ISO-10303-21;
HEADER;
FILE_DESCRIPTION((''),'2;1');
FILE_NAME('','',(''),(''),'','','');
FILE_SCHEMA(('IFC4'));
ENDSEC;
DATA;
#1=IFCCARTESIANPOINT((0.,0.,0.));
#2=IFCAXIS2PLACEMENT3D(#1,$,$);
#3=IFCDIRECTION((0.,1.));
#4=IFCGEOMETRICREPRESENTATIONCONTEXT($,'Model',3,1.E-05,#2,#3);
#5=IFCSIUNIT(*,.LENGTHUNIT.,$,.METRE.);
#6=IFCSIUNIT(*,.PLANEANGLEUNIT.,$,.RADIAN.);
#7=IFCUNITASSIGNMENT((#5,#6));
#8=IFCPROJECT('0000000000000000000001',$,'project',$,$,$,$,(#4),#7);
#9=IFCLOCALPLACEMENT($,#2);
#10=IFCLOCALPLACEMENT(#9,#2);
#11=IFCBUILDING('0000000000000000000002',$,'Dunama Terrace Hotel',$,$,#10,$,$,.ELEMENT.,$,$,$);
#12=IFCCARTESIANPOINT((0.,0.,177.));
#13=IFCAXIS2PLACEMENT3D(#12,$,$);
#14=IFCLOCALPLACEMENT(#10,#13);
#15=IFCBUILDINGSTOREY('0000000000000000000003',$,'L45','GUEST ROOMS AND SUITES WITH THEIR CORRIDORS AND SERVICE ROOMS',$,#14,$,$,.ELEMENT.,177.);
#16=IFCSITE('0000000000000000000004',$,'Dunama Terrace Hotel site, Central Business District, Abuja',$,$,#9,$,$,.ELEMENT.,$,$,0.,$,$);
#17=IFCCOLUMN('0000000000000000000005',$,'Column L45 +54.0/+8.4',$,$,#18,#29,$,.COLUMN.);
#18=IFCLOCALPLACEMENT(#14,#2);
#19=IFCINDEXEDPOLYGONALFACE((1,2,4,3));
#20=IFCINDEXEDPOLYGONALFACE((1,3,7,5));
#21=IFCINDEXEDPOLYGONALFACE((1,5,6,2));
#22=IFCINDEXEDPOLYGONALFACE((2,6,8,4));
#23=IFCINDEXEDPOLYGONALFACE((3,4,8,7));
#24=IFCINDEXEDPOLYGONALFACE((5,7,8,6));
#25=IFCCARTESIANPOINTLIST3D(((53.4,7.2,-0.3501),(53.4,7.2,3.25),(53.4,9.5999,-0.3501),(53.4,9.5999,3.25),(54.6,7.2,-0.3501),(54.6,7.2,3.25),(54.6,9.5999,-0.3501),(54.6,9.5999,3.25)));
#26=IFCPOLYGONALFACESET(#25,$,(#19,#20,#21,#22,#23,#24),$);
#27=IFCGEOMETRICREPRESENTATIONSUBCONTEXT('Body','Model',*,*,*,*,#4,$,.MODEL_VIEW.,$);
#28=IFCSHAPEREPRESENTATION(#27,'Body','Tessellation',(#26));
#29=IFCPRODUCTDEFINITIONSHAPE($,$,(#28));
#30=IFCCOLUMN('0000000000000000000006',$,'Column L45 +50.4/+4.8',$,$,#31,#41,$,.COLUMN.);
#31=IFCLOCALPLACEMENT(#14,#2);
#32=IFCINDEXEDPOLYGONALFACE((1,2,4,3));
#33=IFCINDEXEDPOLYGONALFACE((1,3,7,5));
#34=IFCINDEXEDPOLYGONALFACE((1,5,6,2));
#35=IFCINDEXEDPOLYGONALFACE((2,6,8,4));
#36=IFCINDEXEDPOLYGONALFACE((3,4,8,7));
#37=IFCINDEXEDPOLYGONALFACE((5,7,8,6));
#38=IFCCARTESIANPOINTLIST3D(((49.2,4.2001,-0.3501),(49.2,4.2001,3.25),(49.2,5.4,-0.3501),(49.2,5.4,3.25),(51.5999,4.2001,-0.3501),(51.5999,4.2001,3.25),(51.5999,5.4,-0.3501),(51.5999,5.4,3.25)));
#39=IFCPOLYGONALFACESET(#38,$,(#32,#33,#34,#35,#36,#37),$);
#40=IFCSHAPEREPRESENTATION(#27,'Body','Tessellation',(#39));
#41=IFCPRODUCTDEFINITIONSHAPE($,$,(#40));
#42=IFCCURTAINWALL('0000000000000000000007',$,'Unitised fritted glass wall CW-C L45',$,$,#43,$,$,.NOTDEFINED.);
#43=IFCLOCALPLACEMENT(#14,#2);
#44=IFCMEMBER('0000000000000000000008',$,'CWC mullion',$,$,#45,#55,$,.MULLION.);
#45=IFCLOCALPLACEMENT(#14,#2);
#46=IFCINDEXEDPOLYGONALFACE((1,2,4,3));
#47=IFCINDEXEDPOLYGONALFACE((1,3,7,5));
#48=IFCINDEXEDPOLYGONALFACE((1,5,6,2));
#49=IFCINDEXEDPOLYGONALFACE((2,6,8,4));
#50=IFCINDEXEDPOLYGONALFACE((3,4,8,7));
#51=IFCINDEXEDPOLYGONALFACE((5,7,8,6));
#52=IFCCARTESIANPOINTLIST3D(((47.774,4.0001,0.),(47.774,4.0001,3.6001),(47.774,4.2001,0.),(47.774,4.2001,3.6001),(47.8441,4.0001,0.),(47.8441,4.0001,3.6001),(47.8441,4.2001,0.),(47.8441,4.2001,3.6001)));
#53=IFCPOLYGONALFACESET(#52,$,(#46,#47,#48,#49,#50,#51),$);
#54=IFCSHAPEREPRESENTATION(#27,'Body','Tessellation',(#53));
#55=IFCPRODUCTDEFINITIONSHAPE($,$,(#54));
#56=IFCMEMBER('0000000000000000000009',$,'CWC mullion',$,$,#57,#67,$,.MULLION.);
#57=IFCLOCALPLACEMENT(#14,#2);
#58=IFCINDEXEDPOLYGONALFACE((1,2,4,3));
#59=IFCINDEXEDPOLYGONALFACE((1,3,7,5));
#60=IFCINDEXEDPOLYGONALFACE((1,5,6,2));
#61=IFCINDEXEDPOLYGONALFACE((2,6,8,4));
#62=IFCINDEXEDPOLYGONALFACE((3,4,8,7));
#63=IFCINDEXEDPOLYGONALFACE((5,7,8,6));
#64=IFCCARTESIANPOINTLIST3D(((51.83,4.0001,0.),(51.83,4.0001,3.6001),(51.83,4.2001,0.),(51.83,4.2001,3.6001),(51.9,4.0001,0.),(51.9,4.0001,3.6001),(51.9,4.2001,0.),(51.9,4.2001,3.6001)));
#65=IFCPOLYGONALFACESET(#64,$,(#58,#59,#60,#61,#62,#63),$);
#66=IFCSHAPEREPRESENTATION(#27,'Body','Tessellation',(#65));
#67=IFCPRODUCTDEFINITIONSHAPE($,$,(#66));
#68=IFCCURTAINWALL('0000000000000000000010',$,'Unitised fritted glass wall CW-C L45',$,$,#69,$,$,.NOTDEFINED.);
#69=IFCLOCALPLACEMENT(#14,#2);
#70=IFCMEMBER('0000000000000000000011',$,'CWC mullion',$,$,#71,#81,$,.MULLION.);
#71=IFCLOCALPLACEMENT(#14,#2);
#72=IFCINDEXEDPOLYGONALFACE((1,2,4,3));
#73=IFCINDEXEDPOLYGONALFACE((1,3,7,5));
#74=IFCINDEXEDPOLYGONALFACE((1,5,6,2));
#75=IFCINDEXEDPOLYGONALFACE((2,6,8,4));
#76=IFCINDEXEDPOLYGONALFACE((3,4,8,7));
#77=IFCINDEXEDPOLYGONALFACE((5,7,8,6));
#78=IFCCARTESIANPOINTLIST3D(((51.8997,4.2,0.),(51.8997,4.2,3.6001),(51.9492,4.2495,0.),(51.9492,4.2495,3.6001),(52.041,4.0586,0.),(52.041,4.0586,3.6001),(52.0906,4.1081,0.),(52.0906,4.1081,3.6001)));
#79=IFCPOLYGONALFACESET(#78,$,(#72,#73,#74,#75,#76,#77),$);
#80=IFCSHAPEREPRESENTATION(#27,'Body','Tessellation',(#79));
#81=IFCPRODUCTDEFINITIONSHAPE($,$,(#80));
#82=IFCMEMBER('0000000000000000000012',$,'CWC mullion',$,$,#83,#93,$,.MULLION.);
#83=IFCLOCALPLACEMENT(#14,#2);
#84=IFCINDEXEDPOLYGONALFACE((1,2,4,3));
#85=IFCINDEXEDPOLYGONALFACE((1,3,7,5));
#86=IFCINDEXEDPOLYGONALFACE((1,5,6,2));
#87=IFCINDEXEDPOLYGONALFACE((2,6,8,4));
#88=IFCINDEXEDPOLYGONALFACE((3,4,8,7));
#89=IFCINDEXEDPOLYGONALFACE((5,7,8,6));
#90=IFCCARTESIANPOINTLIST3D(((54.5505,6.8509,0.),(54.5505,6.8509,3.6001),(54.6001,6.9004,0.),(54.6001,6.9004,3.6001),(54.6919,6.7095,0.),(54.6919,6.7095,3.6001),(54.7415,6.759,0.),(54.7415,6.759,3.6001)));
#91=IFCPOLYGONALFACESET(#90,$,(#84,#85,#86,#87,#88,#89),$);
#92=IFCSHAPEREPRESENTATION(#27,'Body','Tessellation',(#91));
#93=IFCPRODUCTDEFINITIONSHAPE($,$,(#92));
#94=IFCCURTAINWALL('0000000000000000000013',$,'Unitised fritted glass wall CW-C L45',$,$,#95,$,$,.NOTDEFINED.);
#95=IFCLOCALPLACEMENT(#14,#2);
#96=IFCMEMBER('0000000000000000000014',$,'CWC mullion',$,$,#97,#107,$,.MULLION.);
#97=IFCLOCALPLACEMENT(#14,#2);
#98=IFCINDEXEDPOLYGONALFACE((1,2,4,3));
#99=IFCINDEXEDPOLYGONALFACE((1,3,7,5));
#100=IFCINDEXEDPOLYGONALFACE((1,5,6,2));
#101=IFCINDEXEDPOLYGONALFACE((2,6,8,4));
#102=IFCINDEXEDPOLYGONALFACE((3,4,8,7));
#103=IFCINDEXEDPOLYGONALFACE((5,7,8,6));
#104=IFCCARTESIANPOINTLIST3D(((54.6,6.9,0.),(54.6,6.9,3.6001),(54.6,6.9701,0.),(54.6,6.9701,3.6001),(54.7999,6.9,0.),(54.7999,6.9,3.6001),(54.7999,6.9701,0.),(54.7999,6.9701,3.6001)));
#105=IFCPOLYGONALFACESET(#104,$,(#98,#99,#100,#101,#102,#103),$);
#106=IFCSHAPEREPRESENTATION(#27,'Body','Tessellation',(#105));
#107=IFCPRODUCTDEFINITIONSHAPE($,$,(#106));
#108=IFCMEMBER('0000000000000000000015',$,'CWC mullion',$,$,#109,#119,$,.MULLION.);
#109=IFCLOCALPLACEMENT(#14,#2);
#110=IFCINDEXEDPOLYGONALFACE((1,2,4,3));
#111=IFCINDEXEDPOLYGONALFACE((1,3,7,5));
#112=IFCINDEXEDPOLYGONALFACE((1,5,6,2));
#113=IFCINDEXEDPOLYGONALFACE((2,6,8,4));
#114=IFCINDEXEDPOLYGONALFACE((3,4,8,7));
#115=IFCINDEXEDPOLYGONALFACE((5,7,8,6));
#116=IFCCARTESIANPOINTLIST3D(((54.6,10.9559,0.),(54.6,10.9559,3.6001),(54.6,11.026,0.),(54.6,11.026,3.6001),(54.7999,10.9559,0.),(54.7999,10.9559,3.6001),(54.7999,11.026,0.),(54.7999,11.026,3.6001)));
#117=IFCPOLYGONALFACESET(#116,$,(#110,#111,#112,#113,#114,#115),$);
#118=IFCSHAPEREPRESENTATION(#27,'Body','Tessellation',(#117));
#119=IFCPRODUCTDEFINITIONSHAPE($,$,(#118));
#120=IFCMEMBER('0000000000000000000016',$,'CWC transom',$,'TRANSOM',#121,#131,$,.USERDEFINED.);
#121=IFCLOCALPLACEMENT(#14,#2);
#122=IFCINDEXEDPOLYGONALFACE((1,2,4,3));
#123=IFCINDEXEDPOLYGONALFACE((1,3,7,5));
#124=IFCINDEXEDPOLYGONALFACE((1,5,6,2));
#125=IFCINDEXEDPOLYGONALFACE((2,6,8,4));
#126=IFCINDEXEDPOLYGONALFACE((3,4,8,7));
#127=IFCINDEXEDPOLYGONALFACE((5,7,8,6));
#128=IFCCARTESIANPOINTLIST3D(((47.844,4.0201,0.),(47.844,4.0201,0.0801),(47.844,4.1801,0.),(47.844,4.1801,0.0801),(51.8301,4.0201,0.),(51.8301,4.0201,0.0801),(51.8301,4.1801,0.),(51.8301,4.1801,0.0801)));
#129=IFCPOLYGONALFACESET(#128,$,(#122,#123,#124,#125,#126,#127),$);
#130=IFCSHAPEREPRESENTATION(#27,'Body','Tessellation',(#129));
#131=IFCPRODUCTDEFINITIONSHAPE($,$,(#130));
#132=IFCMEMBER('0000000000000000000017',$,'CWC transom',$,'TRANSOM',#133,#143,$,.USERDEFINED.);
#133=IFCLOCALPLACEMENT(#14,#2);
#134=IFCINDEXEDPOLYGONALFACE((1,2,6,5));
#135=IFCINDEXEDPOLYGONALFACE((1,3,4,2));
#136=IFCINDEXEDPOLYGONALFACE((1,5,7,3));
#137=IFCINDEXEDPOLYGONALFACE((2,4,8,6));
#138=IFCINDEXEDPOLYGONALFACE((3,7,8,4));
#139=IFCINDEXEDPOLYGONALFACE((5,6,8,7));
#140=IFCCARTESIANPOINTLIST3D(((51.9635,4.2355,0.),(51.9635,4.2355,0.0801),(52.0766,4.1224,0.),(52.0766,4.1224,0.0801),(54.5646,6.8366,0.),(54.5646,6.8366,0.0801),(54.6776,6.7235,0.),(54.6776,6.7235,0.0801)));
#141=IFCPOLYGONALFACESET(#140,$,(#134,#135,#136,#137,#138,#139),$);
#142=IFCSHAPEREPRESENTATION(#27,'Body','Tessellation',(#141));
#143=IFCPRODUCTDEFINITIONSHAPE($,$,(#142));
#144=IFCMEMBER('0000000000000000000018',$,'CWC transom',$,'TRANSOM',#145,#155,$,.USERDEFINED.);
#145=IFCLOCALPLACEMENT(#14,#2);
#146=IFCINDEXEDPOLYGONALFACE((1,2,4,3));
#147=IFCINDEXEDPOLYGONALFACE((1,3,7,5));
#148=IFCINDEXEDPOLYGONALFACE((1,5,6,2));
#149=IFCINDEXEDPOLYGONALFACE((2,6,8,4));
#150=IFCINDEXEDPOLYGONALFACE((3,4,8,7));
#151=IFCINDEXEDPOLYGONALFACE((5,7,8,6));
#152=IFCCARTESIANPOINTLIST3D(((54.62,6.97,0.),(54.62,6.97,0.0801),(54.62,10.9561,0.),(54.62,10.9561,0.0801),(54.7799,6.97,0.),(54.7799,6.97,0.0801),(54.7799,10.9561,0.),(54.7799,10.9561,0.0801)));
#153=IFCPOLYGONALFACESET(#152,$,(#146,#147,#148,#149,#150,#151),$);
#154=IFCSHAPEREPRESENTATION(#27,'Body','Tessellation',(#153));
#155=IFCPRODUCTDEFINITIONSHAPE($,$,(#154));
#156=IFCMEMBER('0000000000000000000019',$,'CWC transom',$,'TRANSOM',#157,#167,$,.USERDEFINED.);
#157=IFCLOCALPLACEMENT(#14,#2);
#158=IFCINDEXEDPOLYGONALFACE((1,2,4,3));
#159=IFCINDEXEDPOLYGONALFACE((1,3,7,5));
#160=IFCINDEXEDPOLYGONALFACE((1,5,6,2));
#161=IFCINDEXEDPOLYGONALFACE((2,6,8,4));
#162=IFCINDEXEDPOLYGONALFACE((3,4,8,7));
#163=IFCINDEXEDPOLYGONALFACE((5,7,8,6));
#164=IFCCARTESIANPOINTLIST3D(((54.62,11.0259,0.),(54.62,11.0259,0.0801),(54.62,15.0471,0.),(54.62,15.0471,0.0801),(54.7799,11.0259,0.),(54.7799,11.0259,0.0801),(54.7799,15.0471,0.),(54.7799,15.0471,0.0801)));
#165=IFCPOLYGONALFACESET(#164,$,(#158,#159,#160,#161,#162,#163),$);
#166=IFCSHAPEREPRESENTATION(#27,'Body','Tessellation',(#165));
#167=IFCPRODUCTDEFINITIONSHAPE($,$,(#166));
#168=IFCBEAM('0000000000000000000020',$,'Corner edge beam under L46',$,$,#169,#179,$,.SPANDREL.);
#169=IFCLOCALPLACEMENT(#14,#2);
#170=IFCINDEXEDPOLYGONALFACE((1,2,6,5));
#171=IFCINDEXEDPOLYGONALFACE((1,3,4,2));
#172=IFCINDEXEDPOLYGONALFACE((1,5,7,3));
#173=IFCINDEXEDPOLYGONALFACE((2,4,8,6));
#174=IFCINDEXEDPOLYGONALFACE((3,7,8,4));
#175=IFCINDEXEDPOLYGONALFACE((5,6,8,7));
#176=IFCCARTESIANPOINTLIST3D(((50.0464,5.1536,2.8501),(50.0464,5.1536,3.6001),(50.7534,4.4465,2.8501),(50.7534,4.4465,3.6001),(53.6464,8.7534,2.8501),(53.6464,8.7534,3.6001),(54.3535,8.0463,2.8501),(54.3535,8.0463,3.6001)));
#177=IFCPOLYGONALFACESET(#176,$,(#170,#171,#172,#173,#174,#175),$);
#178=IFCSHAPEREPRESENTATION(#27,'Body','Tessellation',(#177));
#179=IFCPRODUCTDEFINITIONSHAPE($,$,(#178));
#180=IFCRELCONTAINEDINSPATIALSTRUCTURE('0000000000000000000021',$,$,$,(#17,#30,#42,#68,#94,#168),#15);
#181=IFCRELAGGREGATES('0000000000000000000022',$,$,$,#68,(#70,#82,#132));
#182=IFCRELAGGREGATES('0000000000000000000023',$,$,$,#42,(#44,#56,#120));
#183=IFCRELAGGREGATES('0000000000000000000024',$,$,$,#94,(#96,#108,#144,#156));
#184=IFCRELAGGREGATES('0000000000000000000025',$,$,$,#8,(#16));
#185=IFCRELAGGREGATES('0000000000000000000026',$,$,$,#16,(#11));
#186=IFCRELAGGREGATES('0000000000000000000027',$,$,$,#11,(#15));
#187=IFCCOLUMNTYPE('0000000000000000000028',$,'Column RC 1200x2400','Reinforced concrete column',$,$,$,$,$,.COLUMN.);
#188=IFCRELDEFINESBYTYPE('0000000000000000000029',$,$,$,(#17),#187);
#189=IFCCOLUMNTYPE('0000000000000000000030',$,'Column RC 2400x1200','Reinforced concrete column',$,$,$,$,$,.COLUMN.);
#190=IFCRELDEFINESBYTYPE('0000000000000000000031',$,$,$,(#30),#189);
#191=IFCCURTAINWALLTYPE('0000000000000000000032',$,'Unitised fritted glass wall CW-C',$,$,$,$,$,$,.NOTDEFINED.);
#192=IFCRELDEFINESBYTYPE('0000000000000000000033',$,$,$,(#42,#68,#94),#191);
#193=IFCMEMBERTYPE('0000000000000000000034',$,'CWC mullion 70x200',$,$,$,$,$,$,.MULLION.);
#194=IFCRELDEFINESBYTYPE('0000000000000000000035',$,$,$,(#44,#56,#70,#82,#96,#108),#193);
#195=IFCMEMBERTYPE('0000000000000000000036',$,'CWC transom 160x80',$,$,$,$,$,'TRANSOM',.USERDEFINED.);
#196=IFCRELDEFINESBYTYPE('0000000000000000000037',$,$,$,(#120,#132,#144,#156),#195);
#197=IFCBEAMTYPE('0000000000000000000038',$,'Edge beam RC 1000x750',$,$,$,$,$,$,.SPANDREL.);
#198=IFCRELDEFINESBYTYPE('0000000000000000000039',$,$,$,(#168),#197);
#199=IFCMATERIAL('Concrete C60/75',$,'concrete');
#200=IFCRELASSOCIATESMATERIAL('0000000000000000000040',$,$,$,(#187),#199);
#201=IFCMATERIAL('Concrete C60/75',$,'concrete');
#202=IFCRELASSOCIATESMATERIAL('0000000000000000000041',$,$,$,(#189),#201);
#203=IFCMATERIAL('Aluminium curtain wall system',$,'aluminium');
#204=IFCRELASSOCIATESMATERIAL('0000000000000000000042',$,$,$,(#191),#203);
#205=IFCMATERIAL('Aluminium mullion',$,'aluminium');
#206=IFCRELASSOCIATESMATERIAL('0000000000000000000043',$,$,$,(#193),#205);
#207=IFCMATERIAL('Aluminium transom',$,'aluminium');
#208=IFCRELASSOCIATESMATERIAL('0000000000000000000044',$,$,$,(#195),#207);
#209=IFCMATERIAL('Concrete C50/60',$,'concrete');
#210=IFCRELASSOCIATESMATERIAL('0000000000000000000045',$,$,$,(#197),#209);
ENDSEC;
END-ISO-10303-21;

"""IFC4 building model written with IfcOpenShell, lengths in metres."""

from ifc_helpers import new_model, si_unit, direction, frame, origin, origin_2d, place, context, subcontext, project, spatial, rectangle, extrude, material, material_profile, profile_set, type_object, element, aggregate, save


model = new_model("IFC4")

# Units and contexts
model_context = context("Model", 3, precision=1e-05, world=origin(), true_north=direction((0.0, 1.0)))
body_context = subcontext(model_context, "Body", "Model", "MODEL_VIEW")
ifc_project = project(units=[si_unit("LENGTHUNIT", "METRE"), si_unit("PLANEANGLEUNIT", "RADIAN")], contexts=[model_context])

# Site, building, storey
site_placement = place(None, origin())
site = spatial("IfcSite", under=ifc_project, at=site_placement, Name="Dunama Terrace Hotel site, Central Business District, Abuja", CompositionType="ELEMENT", RefElevation=0.0)
building_placement = place(site_placement, origin())
building = spatial("IfcBuilding", under=site, at=building_placement, Name="Dunama Terrace Hotel", CompositionType="ELEMENT")
storey_placement = place(building_placement, frame((0.0, 0.0, 177.0)))
storey = spatial("IfcBuildingStorey", under=building, at=storey_placement, Name="L45", Description="GUEST ROOMS AND SUITES WITH THEIR CORRIDORS AND SERVICE ROOMS", CompositionType="ELEMENT", Elevation=177.0)

# Columns
ifc_material_1 = material(Name="Concrete C60/75", Category="concrete")
ifc_material_profile_1 = material_profile(ifc_material_1, rectangle(XDim=1.2, YDim=2.3999, at=origin_2d()), Name="RC 1200x2400")
ifc_profile_set_1 = profile_set([ifc_material_profile_1], Name="Concrete C60/75")
column_type_1 = type_object("IfcColumnType", Name="Column RC 1200x2400", Description="Reinforced concrete column", PredefinedType="COLUMN", material=ifc_profile_set_1)
column_1_placement = place(storey_placement, frame((54.0, 8.3999, -0.3501), z_axis=(0.0, 0.0, 1.0), x_axis=(1.0, 0.0, 0.0)))
element("IfcColumn", 1, at=column_1_placement, inside=storey, type_object=column_type_1, Name="Column L45 +54.0/+8.4", PredefinedType="COLUMN", context=body_context, shape_type="SweptSolid", body=[
    extrude(rectangle(XDim=1.2, YDim=2.3999, at=origin_2d()), origin(), (0.0, 0.0, 1.0), 3.6001),
])
ifc_material_2 = material(Name="Concrete C60/75", Category="concrete")
ifc_material_profile_2 = material_profile(ifc_material_2, rectangle(XDim=2.3999, YDim=1.2, at=origin_2d()), Name="RC 2400x1200")
ifc_profile_set_2 = profile_set([ifc_material_profile_2], Name="Concrete C60/75")
column_type_2 = type_object("IfcColumnType", Name="Column RC 2400x1200", Description="Reinforced concrete column", PredefinedType="COLUMN", material=ifc_profile_set_2)
column_2_placement = place(storey_placement, frame((50.3999, 4.8, -0.3501), z_axis=(0.0, 0.0, 1.0), x_axis=(1.0, 0.0, 0.0)))
element("IfcColumn", 2, at=column_2_placement, inside=storey, type_object=column_type_2, Name="Column L45 +50.4/+4.8", PredefinedType="COLUMN", context=body_context, shape_type="SweptSolid", body=[
    extrude(rectangle(XDim=2.3999, YDim=1.2, at=origin_2d()), origin(), (0.0, 0.0, 1.0), 3.6001),
])

# Curtain walls, members
ifc_material_3 = material(Name="Aluminium curtain wall system", Category="aluminium")
curtain_wall_type = type_object("IfcCurtainWallType", Name="Unitised fritted glass wall CW-C", PredefinedType="NOTDEFINED", material=ifc_material_3)
curtain_wall_1_placement = place(storey_placement, origin())
curtain_wall_1 = element("IfcCurtainWall", 3, at=curtain_wall_1_placement, inside=storey, type_object=curtain_wall_type, Name="Unitised fritted glass wall CW-C L45", PredefinedType="NOTDEFINED")
ifc_material_4 = material(Name="Aluminium mullion", Category="aluminium")
ifc_material_profile_3 = material_profile(ifc_material_4, rectangle(XDim=0.0701, YDim=0.2, at=origin_2d()), Name="CWC MULLION 70X200")
ifc_profile_set_3 = profile_set([ifc_material_profile_3], Name="Aluminium mullion")
member_type_1 = type_object("IfcMemberType", Name="CWC mullion 70x200", PredefinedType="MULLION", material=ifc_profile_set_3)
member_1_placement = place(storey_placement, frame((47.8091, 4.1001, 0.0), z_axis=(0.0, 0.0, 1.0), x_axis=(1.0, 0.0, 0.0)))
member_1 = element("IfcMember", 4, at=member_1_placement, type_object=member_type_1, Name="CWC mullion", PredefinedType="MULLION", context=body_context, shape_type="SweptSolid", body=[
    extrude(rectangle(XDim=0.0701, YDim=0.2, at=origin_2d()), origin(), (0.0, 0.0, 1.0), 3.6001),
])
member_2_placement = place(storey_placement, frame((51.865, 4.1001, 0.0), z_axis=(0.0, 0.0, 1.0), x_axis=(1.0, 0.0, 0.0)))
member_2 = element("IfcMember", 5, at=member_2_placement, type_object=member_type_1, Name="CWC mullion", PredefinedType="MULLION", context=body_context, shape_type="SweptSolid", body=[
    extrude(rectangle(XDim=0.0701, YDim=0.2, at=origin_2d()), origin(), (0.0, 0.0, 1.0), 3.6001),
])
curtain_wall_2_placement = place(storey_placement, origin())
curtain_wall_2 = element("IfcCurtainWall", 6, at=curtain_wall_2_placement, inside=storey, type_object=curtain_wall_type, Name="Unitised fritted glass wall CW-C L45", PredefinedType="NOTDEFINED")
member_3_placement = place(storey_placement, frame((51.9951, 4.1541, 0.0), z_axis=(0.0, 0.0, 1.0), x_axis=(0.707107, 0.707107, 0.0)))
member_3 = element("IfcMember", 7, at=member_3_placement, type_object=member_type_1, Name="CWC mullion", PredefinedType="MULLION", context=body_context, shape_type="SweptSolid", body=[
    extrude(rectangle(XDim=0.0701, YDim=0.2, at=origin_2d()), origin(), (0.0, 0.0, 1.0), 3.6001),
])
member_4_placement = place(storey_placement, frame((54.646, 6.8049, 0.0), z_axis=(0.0, 0.0, 1.0), x_axis=(0.707107, 0.707107, 0.0)))
member_4 = element("IfcMember", 8, at=member_4_placement, type_object=member_type_1, Name="CWC mullion", PredefinedType="MULLION", context=body_context, shape_type="SweptSolid", body=[
    extrude(rectangle(XDim=0.0701, YDim=0.2, at=origin_2d()), origin(), (0.0, 0.0, 1.0), 3.6001),
])
curtain_wall_3_placement = place(storey_placement, origin())
curtain_wall_3 = element("IfcCurtainWall", 9, at=curtain_wall_3_placement, inside=storey, type_object=curtain_wall_type, Name="Unitised fritted glass wall CW-C L45", PredefinedType="NOTDEFINED")
member_5_placement = place(storey_placement, frame((54.7, 6.9351, 0.0), z_axis=(0.0, 0.0, 1.0), x_axis=(0.0, 1.0, 0.0)))
member_5 = element("IfcMember", 10, at=member_5_placement, type_object=member_type_1, Name="CWC mullion", PredefinedType="MULLION", context=body_context, shape_type="SweptSolid", body=[
    extrude(rectangle(XDim=0.0701, YDim=0.2, at=origin_2d()), origin(), (0.0, 0.0, 1.0), 3.6001),
])
member_6_placement = place(storey_placement, frame((54.7, 10.991, 0.0), z_axis=(0.0, 0.0, 1.0), x_axis=(0.0, 1.0, 0.0)))
member_6 = element("IfcMember", 11, at=member_6_placement, type_object=member_type_1, Name="CWC mullion", PredefinedType="MULLION", context=body_context, shape_type="SweptSolid", body=[
    extrude(rectangle(XDim=0.0701, YDim=0.2, at=origin_2d()), origin(), (0.0, 0.0, 1.0), 3.6001),
])

# Members
ifc_material_5 = material(Name="Aluminium transom", Category="aluminium")
ifc_material_profile_4 = material_profile(ifc_material_5, rectangle(XDim=0.1599, YDim=0.0801, at=origin_2d()), Name="CWC TRANSOM 160X80")
ifc_profile_set_4 = profile_set([ifc_material_profile_4], Name="Aluminium transom")
member_type_2 = type_object("IfcMemberType", Name="CWC transom 160x80", ElementType="TRANSOM", PredefinedType="USERDEFINED", material=ifc_profile_set_4)
member_7_placement = place(storey_placement, frame((47.844, 4.1001, 0.04), z_axis=(1.0, 0.0, 0.0), x_axis=(0.0, 1.0, 0.0)))
member_7 = element("IfcMember", 12, at=member_7_placement, type_object=member_type_2, Name="CWC transom", ObjectType="TRANSOM", PredefinedType="USERDEFINED", context=body_context, shape_type="SweptSolid", body=[
    extrude(rectangle(XDim=0.1599, YDim=0.0801, at=origin_2d()), origin(), (0.0, 0.0, 1.0), 3.9861),
])
member_8_placement = place(storey_placement, frame((52.02, 4.179, 0.04), z_axis=(0.707107, 0.707107, 0.0), x_axis=(-0.707107, 0.707107, 0.0)))
member_8 = element("IfcMember", 13, at=member_8_placement, type_object=member_type_2, Name="CWC transom", ObjectType="TRANSOM", PredefinedType="USERDEFINED", context=body_context, shape_type="SweptSolid", body=[
    extrude(rectangle(XDim=0.1599, YDim=0.0801, at=origin_2d()), origin(), (0.0, 0.0, 1.0), 3.6785),
])
member_9_placement = place(storey_placement, frame((54.7, 6.97, 0.04), z_axis=(0.0, 1.0, 0.0), x_axis=(-1.0, 0.0, 0.0)))
member_9 = element("IfcMember", 14, at=member_9_placement, type_object=member_type_2, Name="CWC transom", ObjectType="TRANSOM", PredefinedType="USERDEFINED", context=body_context, shape_type="SweptSolid", body=[
    extrude(rectangle(XDim=0.1599, YDim=0.0801, at=origin_2d()), origin(), (0.0, 0.0, 1.0), 3.9861),
])
member_10_placement = place(storey_placement, frame((54.7, 11.0259, 0.04), z_axis=(0.0, 1.0, 0.0), x_axis=(-1.0, 0.0, 0.0)))
member_10 = element("IfcMember", 15, at=member_10_placement, type_object=member_type_2, Name="CWC transom", ObjectType="TRANSOM", PredefinedType="USERDEFINED", context=body_context, shape_type="SweptSolid", body=[
    extrude(rectangle(XDim=0.1599, YDim=0.0801, at=origin_2d()), origin(), (0.0, 0.0, 1.0), 4.0212),
])

# Beam
ifc_material_6 = material(Name="Concrete C50/60", Category="concrete")
ifc_material_profile_5 = material_profile(ifc_material_6, rectangle(XDim=1.0, YDim=0.75, at=origin_2d()), Name="RC 1000x750")
ifc_profile_set_5 = profile_set([ifc_material_profile_5], Name="Concrete C50/60")
beam_type_1 = type_object("IfcBeamType", Name="Edge beam RC 1000x750", PredefinedType="SPANDREL", material=ifc_profile_set_5)
beam_1_placement = place(storey_placement, frame((50.3999, 4.8, 3.2251), z_axis=(0.707131, 0.707083, 0.0), x_axis=(-0.707083, 0.707131, 0.0)))
element("IfcBeam", 16, at=beam_1_placement, inside=storey, type_object=beam_type_1, Name="Corner edge beam under L46", PredefinedType="SPANDREL", context=body_context, shape_type="SweptSolid", body=[
    extrude(rectangle(XDim=1.0, YDim=0.75, at=origin_2d()), origin(), (0.0, 0.0, 1.0), 5.0911),
])

aggregate(curtain_wall_2, [member_3, member_4, member_8])
aggregate(curtain_wall_1, [member_1, member_2, member_7])
aggregate(curtain_wall_3, [member_5, member_6, member_9, member_10])

save(model, "model.ifc")
